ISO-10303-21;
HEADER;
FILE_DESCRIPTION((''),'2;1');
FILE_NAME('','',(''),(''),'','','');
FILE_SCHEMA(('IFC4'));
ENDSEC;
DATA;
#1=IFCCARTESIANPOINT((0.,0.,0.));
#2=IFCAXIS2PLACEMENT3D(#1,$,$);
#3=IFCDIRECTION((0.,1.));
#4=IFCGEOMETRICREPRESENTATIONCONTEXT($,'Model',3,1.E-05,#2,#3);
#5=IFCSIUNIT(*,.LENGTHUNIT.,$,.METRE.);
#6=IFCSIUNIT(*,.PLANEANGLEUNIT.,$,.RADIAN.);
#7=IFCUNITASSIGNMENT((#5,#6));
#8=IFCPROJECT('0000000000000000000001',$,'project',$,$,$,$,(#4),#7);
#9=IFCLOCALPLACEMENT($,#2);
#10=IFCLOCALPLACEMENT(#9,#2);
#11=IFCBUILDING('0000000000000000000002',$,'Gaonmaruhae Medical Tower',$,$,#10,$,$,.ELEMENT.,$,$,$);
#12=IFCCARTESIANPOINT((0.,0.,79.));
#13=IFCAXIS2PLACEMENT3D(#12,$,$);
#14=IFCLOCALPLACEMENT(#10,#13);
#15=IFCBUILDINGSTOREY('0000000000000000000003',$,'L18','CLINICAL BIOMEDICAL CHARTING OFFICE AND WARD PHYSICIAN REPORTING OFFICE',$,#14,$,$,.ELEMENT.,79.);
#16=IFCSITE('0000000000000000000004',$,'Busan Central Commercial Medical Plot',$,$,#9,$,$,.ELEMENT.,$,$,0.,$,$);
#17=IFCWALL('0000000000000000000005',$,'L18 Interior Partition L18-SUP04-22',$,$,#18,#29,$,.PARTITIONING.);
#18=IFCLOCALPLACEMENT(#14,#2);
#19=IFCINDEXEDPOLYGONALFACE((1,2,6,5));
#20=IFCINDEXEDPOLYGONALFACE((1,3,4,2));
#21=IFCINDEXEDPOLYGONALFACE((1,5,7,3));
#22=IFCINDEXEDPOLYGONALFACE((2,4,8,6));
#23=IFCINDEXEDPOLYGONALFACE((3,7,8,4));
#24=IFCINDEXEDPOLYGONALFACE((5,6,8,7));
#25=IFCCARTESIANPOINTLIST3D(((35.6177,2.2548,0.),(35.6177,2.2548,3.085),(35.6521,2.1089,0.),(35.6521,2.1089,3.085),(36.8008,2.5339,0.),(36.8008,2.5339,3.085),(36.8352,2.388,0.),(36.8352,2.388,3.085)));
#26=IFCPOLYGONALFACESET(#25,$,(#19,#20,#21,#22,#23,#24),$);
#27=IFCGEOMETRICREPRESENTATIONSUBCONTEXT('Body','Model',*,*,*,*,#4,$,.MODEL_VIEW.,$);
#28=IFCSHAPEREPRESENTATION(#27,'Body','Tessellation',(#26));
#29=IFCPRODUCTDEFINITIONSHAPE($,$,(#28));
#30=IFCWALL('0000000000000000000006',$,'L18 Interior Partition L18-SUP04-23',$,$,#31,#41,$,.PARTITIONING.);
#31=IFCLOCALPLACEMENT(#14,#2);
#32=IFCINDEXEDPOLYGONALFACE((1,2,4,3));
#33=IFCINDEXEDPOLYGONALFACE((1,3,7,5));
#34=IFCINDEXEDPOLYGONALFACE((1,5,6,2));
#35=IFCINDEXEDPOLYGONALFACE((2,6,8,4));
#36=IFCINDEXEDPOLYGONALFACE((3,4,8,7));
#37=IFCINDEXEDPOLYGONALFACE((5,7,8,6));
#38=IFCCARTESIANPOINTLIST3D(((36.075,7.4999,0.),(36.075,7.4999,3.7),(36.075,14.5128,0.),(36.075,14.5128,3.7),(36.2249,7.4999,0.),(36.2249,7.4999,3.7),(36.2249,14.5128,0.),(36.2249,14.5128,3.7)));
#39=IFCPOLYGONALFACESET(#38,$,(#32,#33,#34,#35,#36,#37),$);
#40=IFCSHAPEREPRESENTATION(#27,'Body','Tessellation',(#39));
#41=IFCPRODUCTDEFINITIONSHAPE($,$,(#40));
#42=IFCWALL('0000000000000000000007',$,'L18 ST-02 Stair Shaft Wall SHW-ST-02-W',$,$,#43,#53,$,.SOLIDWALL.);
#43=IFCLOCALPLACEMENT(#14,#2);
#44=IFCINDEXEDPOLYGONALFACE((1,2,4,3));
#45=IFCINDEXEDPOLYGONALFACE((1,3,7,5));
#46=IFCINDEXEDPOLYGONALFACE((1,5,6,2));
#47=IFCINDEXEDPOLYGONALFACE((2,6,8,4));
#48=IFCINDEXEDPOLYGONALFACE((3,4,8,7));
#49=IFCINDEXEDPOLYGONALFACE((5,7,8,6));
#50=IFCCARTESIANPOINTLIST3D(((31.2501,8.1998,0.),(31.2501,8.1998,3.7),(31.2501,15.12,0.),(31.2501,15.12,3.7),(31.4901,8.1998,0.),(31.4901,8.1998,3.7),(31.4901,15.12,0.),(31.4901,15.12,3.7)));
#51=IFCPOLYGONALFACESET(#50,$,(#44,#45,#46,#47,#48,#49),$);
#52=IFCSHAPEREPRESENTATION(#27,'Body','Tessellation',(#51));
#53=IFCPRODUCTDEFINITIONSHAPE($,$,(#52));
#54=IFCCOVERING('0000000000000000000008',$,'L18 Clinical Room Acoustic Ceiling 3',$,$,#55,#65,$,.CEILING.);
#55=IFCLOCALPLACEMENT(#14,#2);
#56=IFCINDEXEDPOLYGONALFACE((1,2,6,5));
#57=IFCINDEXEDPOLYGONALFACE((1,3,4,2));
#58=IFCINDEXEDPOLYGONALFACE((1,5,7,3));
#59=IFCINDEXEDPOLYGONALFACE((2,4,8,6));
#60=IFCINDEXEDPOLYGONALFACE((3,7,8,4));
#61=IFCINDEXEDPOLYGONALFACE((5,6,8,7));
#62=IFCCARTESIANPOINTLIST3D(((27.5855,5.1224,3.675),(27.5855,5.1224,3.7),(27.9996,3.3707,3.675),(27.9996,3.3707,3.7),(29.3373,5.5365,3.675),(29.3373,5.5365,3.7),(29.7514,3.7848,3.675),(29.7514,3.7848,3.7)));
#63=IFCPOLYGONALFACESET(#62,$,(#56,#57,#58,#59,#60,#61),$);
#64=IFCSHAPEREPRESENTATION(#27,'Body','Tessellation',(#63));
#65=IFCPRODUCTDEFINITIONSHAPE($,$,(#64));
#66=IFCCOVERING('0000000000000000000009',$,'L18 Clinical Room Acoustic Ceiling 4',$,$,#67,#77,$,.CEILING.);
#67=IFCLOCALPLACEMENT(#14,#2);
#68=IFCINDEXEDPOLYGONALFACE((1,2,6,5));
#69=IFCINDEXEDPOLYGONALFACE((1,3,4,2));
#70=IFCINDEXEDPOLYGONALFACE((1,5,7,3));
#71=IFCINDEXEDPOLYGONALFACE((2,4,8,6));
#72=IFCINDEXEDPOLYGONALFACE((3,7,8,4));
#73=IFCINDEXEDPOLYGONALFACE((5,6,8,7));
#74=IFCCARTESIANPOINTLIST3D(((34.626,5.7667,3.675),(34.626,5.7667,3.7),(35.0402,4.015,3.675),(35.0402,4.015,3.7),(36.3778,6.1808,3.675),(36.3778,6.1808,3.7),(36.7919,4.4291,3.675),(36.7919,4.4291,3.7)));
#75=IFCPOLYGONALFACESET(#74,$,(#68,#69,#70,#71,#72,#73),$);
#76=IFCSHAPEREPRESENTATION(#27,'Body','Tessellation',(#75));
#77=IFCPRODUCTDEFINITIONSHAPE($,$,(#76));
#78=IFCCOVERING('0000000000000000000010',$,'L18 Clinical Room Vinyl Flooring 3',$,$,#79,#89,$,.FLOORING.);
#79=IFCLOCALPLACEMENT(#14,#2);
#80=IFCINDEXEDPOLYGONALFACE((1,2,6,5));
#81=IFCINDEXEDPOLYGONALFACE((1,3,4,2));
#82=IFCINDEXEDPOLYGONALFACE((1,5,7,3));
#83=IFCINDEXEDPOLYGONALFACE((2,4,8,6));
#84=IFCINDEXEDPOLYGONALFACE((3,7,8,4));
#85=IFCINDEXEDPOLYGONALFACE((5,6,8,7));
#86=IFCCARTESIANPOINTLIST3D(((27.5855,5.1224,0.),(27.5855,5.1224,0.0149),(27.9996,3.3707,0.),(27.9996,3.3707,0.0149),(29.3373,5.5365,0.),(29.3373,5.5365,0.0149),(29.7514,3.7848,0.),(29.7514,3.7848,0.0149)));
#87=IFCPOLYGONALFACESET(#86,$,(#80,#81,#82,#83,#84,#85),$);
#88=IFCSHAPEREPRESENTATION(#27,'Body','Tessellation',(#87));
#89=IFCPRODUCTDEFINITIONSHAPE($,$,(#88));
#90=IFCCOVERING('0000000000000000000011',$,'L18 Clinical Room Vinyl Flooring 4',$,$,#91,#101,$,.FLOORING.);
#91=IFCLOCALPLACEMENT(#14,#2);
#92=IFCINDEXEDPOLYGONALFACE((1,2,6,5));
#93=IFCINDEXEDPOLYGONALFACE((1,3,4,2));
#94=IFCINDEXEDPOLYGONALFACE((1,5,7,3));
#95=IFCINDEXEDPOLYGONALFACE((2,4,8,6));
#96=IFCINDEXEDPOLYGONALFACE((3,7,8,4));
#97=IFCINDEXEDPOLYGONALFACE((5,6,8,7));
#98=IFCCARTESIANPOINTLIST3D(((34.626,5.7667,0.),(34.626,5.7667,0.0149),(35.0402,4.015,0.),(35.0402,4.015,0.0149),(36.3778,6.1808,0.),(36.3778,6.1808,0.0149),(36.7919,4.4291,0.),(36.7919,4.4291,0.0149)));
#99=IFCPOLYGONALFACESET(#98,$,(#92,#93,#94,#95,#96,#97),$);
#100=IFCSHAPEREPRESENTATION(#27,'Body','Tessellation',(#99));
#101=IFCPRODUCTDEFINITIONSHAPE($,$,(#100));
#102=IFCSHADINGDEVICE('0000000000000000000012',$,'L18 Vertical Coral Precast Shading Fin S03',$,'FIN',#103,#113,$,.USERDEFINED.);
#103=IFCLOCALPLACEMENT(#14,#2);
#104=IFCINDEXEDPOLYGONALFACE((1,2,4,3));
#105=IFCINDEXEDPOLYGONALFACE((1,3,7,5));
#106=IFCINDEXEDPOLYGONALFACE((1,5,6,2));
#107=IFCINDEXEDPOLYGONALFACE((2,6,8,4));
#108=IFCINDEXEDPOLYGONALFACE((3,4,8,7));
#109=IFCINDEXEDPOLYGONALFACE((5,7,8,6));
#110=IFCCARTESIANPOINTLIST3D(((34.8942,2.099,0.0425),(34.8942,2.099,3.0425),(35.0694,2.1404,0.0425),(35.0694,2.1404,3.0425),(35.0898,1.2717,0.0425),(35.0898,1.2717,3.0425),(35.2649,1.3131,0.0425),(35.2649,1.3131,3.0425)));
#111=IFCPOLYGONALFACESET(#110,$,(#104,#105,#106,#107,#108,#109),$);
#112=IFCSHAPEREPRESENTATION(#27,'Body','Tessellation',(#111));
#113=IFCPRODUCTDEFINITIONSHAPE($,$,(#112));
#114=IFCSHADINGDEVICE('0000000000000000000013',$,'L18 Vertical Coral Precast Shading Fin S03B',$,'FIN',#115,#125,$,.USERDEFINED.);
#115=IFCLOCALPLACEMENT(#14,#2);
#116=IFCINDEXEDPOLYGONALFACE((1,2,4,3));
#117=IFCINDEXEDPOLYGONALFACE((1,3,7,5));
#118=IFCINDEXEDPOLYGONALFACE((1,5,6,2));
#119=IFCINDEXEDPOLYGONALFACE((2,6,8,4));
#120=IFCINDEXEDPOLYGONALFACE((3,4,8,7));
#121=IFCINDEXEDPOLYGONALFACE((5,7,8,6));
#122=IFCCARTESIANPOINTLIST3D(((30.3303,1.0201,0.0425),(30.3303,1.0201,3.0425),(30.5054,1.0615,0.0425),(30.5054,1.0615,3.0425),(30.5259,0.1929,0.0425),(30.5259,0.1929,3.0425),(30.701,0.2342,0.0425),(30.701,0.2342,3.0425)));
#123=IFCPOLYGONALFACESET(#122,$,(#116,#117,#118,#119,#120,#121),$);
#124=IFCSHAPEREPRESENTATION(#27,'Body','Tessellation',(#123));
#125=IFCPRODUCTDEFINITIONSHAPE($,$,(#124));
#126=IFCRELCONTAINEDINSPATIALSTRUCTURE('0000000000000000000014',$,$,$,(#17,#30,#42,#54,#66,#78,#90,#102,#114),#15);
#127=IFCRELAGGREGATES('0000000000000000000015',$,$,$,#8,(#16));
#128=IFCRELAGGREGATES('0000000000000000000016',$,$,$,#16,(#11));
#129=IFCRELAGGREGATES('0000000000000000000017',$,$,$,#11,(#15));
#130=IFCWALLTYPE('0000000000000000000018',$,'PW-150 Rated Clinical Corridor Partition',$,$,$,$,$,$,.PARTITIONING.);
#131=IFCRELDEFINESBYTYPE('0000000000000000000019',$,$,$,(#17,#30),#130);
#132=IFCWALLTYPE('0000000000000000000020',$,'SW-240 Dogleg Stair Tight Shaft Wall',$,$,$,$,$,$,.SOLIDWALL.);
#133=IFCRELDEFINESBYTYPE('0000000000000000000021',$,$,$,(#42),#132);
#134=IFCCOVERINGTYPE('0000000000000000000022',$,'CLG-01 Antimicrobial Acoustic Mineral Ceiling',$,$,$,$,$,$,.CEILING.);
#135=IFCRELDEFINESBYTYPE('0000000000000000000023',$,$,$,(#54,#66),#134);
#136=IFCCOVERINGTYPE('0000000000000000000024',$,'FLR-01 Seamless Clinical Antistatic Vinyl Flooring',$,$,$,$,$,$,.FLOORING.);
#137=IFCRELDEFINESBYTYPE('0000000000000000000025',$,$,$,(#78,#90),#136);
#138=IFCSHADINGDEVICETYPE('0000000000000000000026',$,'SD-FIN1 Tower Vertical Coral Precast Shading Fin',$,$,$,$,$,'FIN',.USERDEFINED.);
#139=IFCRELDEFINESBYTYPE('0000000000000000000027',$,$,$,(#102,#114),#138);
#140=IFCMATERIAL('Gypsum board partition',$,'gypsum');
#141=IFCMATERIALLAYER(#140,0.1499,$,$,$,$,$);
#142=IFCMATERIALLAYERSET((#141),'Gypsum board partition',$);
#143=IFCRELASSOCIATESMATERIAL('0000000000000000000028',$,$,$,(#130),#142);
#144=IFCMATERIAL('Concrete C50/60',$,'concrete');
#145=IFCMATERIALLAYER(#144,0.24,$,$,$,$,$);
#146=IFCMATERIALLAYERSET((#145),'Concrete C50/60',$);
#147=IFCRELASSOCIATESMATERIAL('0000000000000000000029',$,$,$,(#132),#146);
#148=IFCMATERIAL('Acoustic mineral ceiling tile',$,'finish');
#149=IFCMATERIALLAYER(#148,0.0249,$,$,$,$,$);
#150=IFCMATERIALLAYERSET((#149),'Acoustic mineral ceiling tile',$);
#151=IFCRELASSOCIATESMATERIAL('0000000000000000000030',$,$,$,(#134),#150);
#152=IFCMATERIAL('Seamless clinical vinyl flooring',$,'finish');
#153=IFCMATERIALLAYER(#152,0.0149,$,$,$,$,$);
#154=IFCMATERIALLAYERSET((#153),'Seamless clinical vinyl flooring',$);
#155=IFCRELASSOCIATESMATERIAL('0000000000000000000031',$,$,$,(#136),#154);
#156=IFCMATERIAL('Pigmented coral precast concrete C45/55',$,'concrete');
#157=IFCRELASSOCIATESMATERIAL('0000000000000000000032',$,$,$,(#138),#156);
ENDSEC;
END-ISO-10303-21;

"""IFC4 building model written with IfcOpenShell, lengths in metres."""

from ifc_helpers import new_model, si_unit, direction, frame, frame_2d, origin, origin_2d, place, context, subcontext, project, spatial, rectangle, extrude, material, layer, layer_set, type_object, element, save


model = new_model("IFC4")

# Units and contexts
model_context = context("Model", 3, precision=1e-05, world=origin(), true_north=direction((0.0, 1.0)))
body_context = subcontext(model_context, "Body", "Model", "MODEL_VIEW")
ifc_project = project(units=[si_unit("LENGTHUNIT", "METRE"), si_unit("PLANEANGLEUNIT", "RADIAN")], contexts=[model_context])

# Site, building, storey
site_placement = place(None, origin())
site = spatial("IfcSite", under=ifc_project, at=site_placement, Name="Busan Central Commercial Medical Plot", CompositionType="ELEMENT", RefElevation=0.0)
building_placement = place(site_placement, origin())
building = spatial("IfcBuilding", under=site, at=building_placement, Name="Gaonmaruhae Medical Tower", CompositionType="ELEMENT")
storey_placement = place(building_placement, frame((0.0, 0.0, 79.0)))
storey = spatial("IfcBuildingStorey", under=building, at=storey_placement, Name="L18", Description="CLINICAL BIOMEDICAL CHARTING OFFICE AND WARD PHYSICIAN REPORTING OFFICE", CompositionType="ELEMENT", Elevation=79.0)

# Shared definitions
ifc_material_1 = material(Name="Gypsum board partition", Category="gypsum")
ifc_layer_1 = layer(ifc_material_1, 0.1499)
ifc_layer_set_1 = layer_set([ifc_layer_1], Name="Gypsum board partition")
wall_type_1 = type_object("IfcWallType", Name="PW-150 Rated Clinical Corridor Partition", PredefinedType="PARTITIONING", material=ifc_layer_set_1)

# Walls
wall_1_placement = place(storey_placement, frame((36.8181, 2.4609, 0.0), z_axis=(0.0, 0.0, 1.0), x_axis=(-0.973293, -0.229565, 0.0)))
element("IfcWall", 1, at=wall_1_placement, inside=storey, type_object=wall_type_1, Name="L18 Interior Partition L18-SUP04-22", PredefinedType="PARTITIONING", context=body_context, shape_type="SweptSolid", body=[
    extrude(rectangle(XDim=1.2156, YDim=0.1499, at=frame_2d((0.6079, 0.0))), origin(), (0.0, 0.0, 1.0), 3.085),
])
wall_2_placement = place(storey_placement, frame((36.1499, 7.5, 0.0), z_axis=(0.0, 0.0, 1.0), x_axis=(0.0, 1.0, 0.0)))
element("IfcWall", 2, at=wall_2_placement, inside=storey, type_object=wall_type_1, Name="L18 Interior Partition L18-SUP04-23", PredefinedType="PARTITIONING", context=body_context, shape_type="SweptSolid", body=[
    extrude(rectangle(XDim=7.0129, YDim=0.1499, at=frame_2d((3.5063, 0.0))), origin(), (0.0, 0.0, 1.0), 3.7),
])
ifc_material_2 = material(Name="Concrete C50/60", Category="concrete")
ifc_layer_2 = layer(ifc_material_2, 0.24)
ifc_layer_set_2 = layer_set([ifc_layer_2], Name="Concrete C50/60")
wall_type_2 = type_object("IfcWallType", Name="SW-240 Dogleg Stair Tight Shaft Wall", PredefinedType="SOLIDWALL", material=ifc_layer_set_2)
wall_3_placement = place(storey_placement, frame((31.3701, 8.2, 0.0), z_axis=(0.0, 0.0, 1.0), x_axis=(0.0, 1.0, 0.0)))
element("IfcWall", 3, at=wall_3_placement, inside=storey, type_object=wall_type_2, Name="L18 ST-02 Stair Shaft Wall SHW-ST-02-W", PredefinedType="SOLIDWALL", context=body_context, shape_type="SweptSolid", body=[
    extrude(rectangle(XDim=6.9202, YDim=0.24, at=frame_2d((3.46, 0.0))), origin(), (0.0, 0.0, 1.0), 3.7),
])

# Coverings
ifc_material_3 = material(Name="Acoustic mineral ceiling tile", Category="finish")
ifc_layer_3 = layer(ifc_material_3, 0.0249)
ifc_layer_set_3 = layer_set([ifc_layer_3], Name="Acoustic mineral ceiling tile")
covering_type_1 = type_object("IfcCoveringType", Name="CLG-01 Antimicrobial Acoustic Mineral Ceiling", PredefinedType="CEILING", material=ifc_layer_set_3)
for number, where, z_axis, x_axis, name in (
    (4, (28.6685, 4.4536, 3.675), (0.0, 0.0, 1.0), (0.973179, 0.23005, 0.0), "L18 Clinical Room Acoustic Ceiling 3"),
    (5, (35.709, 5.0979, 3.675), (0.0, 0.0, 1.0), (0.973179, 0.23005, 0.0), "L18 Clinical Room Acoustic Ceiling 4"),
):
    element("IfcCovering", number, at=place(storey_placement, frame(where, z_axis=z_axis, x_axis=x_axis)), inside=storey, type_object=covering_type_1, Name=name, PredefinedType="CEILING", context=body_context, shape_type="SweptSolid", body=[
        extrude(rectangle(XDim=1.8, YDim=1.8, at=origin_2d()), origin(), (0.0, 0.0, 1.0), 0.0249),
    ])
ifc_material_4 = material(Name="Seamless clinical vinyl flooring", Category="finish")
ifc_layer_4 = layer(ifc_material_4, 0.0149)
ifc_layer_set_4 = layer_set([ifc_layer_4], Name="Seamless clinical vinyl flooring")
covering_type_2 = type_object("IfcCoveringType", Name="FLR-01 Seamless Clinical Antistatic Vinyl Flooring", PredefinedType="FLOORING", material=ifc_layer_set_4)
for number, where, z_axis, x_axis, name in (
    (6, (28.6685, 4.4536, 0.0), (0.0, 0.0, 1.0), (0.973179, 0.23005, 0.0), "L18 Clinical Room Vinyl Flooring 3"),
    (7, (35.709, 5.0979, 0.0), (0.0, 0.0, 1.0), (0.973179, 0.23005, 0.0), "L18 Clinical Room Vinyl Flooring 4"),
):
    element("IfcCovering", number, at=place(storey_placement, frame(where, z_axis=z_axis, x_axis=x_axis)), inside=storey, type_object=covering_type_2, Name=name, PredefinedType="FLOORING", context=body_context, shape_type="SweptSolid", body=[
        extrude(rectangle(XDim=1.8, YDim=1.8, at=origin_2d()), origin(), (0.0, 0.0, 1.0), 0.0149),
    ])

# Shading devices
ifc_material_5 = material(Name="Pigmented coral precast concrete C45/55", Category="concrete")
shading_device_type = type_object("IfcShadingDeviceType", Name="SD-FIN1 Tower Vertical Coral Precast Shading Fin", ElementType="FIN", PredefinedType="USERDEFINED", material=ifc_material_5)
for number, where, z_axis, x_axis, name in (
    (8, (35.0796, 1.7061, 0.0425), (0.0, 0.0, 1.0), (-0.973175, -0.230067, 0.0), "L18 Vertical Coral Precast Shading Fin S03"),
    (9, (30.5156, 0.6272, 0.0425), (0.0, 0.0, 1.0), (-0.973175, -0.230067, 0.0), "L18 Vertical Coral Precast Shading Fin S03B"),
):
    element("IfcShadingDevice", number, at=place(storey_placement, frame(where, z_axis=z_axis, x_axis=x_axis)), inside=storey, type_object=shading_device_type, Name=name, ObjectType="FIN", PredefinedType="USERDEFINED", context=body_context, shape_type="SweptSolid", body=[
        extrude(rectangle(XDim=0.1799, YDim=0.8501, at=origin_2d()), origin(), (0.0, 0.0, 1.0), 3.0),
    ])

save(model, "model.ifc")
